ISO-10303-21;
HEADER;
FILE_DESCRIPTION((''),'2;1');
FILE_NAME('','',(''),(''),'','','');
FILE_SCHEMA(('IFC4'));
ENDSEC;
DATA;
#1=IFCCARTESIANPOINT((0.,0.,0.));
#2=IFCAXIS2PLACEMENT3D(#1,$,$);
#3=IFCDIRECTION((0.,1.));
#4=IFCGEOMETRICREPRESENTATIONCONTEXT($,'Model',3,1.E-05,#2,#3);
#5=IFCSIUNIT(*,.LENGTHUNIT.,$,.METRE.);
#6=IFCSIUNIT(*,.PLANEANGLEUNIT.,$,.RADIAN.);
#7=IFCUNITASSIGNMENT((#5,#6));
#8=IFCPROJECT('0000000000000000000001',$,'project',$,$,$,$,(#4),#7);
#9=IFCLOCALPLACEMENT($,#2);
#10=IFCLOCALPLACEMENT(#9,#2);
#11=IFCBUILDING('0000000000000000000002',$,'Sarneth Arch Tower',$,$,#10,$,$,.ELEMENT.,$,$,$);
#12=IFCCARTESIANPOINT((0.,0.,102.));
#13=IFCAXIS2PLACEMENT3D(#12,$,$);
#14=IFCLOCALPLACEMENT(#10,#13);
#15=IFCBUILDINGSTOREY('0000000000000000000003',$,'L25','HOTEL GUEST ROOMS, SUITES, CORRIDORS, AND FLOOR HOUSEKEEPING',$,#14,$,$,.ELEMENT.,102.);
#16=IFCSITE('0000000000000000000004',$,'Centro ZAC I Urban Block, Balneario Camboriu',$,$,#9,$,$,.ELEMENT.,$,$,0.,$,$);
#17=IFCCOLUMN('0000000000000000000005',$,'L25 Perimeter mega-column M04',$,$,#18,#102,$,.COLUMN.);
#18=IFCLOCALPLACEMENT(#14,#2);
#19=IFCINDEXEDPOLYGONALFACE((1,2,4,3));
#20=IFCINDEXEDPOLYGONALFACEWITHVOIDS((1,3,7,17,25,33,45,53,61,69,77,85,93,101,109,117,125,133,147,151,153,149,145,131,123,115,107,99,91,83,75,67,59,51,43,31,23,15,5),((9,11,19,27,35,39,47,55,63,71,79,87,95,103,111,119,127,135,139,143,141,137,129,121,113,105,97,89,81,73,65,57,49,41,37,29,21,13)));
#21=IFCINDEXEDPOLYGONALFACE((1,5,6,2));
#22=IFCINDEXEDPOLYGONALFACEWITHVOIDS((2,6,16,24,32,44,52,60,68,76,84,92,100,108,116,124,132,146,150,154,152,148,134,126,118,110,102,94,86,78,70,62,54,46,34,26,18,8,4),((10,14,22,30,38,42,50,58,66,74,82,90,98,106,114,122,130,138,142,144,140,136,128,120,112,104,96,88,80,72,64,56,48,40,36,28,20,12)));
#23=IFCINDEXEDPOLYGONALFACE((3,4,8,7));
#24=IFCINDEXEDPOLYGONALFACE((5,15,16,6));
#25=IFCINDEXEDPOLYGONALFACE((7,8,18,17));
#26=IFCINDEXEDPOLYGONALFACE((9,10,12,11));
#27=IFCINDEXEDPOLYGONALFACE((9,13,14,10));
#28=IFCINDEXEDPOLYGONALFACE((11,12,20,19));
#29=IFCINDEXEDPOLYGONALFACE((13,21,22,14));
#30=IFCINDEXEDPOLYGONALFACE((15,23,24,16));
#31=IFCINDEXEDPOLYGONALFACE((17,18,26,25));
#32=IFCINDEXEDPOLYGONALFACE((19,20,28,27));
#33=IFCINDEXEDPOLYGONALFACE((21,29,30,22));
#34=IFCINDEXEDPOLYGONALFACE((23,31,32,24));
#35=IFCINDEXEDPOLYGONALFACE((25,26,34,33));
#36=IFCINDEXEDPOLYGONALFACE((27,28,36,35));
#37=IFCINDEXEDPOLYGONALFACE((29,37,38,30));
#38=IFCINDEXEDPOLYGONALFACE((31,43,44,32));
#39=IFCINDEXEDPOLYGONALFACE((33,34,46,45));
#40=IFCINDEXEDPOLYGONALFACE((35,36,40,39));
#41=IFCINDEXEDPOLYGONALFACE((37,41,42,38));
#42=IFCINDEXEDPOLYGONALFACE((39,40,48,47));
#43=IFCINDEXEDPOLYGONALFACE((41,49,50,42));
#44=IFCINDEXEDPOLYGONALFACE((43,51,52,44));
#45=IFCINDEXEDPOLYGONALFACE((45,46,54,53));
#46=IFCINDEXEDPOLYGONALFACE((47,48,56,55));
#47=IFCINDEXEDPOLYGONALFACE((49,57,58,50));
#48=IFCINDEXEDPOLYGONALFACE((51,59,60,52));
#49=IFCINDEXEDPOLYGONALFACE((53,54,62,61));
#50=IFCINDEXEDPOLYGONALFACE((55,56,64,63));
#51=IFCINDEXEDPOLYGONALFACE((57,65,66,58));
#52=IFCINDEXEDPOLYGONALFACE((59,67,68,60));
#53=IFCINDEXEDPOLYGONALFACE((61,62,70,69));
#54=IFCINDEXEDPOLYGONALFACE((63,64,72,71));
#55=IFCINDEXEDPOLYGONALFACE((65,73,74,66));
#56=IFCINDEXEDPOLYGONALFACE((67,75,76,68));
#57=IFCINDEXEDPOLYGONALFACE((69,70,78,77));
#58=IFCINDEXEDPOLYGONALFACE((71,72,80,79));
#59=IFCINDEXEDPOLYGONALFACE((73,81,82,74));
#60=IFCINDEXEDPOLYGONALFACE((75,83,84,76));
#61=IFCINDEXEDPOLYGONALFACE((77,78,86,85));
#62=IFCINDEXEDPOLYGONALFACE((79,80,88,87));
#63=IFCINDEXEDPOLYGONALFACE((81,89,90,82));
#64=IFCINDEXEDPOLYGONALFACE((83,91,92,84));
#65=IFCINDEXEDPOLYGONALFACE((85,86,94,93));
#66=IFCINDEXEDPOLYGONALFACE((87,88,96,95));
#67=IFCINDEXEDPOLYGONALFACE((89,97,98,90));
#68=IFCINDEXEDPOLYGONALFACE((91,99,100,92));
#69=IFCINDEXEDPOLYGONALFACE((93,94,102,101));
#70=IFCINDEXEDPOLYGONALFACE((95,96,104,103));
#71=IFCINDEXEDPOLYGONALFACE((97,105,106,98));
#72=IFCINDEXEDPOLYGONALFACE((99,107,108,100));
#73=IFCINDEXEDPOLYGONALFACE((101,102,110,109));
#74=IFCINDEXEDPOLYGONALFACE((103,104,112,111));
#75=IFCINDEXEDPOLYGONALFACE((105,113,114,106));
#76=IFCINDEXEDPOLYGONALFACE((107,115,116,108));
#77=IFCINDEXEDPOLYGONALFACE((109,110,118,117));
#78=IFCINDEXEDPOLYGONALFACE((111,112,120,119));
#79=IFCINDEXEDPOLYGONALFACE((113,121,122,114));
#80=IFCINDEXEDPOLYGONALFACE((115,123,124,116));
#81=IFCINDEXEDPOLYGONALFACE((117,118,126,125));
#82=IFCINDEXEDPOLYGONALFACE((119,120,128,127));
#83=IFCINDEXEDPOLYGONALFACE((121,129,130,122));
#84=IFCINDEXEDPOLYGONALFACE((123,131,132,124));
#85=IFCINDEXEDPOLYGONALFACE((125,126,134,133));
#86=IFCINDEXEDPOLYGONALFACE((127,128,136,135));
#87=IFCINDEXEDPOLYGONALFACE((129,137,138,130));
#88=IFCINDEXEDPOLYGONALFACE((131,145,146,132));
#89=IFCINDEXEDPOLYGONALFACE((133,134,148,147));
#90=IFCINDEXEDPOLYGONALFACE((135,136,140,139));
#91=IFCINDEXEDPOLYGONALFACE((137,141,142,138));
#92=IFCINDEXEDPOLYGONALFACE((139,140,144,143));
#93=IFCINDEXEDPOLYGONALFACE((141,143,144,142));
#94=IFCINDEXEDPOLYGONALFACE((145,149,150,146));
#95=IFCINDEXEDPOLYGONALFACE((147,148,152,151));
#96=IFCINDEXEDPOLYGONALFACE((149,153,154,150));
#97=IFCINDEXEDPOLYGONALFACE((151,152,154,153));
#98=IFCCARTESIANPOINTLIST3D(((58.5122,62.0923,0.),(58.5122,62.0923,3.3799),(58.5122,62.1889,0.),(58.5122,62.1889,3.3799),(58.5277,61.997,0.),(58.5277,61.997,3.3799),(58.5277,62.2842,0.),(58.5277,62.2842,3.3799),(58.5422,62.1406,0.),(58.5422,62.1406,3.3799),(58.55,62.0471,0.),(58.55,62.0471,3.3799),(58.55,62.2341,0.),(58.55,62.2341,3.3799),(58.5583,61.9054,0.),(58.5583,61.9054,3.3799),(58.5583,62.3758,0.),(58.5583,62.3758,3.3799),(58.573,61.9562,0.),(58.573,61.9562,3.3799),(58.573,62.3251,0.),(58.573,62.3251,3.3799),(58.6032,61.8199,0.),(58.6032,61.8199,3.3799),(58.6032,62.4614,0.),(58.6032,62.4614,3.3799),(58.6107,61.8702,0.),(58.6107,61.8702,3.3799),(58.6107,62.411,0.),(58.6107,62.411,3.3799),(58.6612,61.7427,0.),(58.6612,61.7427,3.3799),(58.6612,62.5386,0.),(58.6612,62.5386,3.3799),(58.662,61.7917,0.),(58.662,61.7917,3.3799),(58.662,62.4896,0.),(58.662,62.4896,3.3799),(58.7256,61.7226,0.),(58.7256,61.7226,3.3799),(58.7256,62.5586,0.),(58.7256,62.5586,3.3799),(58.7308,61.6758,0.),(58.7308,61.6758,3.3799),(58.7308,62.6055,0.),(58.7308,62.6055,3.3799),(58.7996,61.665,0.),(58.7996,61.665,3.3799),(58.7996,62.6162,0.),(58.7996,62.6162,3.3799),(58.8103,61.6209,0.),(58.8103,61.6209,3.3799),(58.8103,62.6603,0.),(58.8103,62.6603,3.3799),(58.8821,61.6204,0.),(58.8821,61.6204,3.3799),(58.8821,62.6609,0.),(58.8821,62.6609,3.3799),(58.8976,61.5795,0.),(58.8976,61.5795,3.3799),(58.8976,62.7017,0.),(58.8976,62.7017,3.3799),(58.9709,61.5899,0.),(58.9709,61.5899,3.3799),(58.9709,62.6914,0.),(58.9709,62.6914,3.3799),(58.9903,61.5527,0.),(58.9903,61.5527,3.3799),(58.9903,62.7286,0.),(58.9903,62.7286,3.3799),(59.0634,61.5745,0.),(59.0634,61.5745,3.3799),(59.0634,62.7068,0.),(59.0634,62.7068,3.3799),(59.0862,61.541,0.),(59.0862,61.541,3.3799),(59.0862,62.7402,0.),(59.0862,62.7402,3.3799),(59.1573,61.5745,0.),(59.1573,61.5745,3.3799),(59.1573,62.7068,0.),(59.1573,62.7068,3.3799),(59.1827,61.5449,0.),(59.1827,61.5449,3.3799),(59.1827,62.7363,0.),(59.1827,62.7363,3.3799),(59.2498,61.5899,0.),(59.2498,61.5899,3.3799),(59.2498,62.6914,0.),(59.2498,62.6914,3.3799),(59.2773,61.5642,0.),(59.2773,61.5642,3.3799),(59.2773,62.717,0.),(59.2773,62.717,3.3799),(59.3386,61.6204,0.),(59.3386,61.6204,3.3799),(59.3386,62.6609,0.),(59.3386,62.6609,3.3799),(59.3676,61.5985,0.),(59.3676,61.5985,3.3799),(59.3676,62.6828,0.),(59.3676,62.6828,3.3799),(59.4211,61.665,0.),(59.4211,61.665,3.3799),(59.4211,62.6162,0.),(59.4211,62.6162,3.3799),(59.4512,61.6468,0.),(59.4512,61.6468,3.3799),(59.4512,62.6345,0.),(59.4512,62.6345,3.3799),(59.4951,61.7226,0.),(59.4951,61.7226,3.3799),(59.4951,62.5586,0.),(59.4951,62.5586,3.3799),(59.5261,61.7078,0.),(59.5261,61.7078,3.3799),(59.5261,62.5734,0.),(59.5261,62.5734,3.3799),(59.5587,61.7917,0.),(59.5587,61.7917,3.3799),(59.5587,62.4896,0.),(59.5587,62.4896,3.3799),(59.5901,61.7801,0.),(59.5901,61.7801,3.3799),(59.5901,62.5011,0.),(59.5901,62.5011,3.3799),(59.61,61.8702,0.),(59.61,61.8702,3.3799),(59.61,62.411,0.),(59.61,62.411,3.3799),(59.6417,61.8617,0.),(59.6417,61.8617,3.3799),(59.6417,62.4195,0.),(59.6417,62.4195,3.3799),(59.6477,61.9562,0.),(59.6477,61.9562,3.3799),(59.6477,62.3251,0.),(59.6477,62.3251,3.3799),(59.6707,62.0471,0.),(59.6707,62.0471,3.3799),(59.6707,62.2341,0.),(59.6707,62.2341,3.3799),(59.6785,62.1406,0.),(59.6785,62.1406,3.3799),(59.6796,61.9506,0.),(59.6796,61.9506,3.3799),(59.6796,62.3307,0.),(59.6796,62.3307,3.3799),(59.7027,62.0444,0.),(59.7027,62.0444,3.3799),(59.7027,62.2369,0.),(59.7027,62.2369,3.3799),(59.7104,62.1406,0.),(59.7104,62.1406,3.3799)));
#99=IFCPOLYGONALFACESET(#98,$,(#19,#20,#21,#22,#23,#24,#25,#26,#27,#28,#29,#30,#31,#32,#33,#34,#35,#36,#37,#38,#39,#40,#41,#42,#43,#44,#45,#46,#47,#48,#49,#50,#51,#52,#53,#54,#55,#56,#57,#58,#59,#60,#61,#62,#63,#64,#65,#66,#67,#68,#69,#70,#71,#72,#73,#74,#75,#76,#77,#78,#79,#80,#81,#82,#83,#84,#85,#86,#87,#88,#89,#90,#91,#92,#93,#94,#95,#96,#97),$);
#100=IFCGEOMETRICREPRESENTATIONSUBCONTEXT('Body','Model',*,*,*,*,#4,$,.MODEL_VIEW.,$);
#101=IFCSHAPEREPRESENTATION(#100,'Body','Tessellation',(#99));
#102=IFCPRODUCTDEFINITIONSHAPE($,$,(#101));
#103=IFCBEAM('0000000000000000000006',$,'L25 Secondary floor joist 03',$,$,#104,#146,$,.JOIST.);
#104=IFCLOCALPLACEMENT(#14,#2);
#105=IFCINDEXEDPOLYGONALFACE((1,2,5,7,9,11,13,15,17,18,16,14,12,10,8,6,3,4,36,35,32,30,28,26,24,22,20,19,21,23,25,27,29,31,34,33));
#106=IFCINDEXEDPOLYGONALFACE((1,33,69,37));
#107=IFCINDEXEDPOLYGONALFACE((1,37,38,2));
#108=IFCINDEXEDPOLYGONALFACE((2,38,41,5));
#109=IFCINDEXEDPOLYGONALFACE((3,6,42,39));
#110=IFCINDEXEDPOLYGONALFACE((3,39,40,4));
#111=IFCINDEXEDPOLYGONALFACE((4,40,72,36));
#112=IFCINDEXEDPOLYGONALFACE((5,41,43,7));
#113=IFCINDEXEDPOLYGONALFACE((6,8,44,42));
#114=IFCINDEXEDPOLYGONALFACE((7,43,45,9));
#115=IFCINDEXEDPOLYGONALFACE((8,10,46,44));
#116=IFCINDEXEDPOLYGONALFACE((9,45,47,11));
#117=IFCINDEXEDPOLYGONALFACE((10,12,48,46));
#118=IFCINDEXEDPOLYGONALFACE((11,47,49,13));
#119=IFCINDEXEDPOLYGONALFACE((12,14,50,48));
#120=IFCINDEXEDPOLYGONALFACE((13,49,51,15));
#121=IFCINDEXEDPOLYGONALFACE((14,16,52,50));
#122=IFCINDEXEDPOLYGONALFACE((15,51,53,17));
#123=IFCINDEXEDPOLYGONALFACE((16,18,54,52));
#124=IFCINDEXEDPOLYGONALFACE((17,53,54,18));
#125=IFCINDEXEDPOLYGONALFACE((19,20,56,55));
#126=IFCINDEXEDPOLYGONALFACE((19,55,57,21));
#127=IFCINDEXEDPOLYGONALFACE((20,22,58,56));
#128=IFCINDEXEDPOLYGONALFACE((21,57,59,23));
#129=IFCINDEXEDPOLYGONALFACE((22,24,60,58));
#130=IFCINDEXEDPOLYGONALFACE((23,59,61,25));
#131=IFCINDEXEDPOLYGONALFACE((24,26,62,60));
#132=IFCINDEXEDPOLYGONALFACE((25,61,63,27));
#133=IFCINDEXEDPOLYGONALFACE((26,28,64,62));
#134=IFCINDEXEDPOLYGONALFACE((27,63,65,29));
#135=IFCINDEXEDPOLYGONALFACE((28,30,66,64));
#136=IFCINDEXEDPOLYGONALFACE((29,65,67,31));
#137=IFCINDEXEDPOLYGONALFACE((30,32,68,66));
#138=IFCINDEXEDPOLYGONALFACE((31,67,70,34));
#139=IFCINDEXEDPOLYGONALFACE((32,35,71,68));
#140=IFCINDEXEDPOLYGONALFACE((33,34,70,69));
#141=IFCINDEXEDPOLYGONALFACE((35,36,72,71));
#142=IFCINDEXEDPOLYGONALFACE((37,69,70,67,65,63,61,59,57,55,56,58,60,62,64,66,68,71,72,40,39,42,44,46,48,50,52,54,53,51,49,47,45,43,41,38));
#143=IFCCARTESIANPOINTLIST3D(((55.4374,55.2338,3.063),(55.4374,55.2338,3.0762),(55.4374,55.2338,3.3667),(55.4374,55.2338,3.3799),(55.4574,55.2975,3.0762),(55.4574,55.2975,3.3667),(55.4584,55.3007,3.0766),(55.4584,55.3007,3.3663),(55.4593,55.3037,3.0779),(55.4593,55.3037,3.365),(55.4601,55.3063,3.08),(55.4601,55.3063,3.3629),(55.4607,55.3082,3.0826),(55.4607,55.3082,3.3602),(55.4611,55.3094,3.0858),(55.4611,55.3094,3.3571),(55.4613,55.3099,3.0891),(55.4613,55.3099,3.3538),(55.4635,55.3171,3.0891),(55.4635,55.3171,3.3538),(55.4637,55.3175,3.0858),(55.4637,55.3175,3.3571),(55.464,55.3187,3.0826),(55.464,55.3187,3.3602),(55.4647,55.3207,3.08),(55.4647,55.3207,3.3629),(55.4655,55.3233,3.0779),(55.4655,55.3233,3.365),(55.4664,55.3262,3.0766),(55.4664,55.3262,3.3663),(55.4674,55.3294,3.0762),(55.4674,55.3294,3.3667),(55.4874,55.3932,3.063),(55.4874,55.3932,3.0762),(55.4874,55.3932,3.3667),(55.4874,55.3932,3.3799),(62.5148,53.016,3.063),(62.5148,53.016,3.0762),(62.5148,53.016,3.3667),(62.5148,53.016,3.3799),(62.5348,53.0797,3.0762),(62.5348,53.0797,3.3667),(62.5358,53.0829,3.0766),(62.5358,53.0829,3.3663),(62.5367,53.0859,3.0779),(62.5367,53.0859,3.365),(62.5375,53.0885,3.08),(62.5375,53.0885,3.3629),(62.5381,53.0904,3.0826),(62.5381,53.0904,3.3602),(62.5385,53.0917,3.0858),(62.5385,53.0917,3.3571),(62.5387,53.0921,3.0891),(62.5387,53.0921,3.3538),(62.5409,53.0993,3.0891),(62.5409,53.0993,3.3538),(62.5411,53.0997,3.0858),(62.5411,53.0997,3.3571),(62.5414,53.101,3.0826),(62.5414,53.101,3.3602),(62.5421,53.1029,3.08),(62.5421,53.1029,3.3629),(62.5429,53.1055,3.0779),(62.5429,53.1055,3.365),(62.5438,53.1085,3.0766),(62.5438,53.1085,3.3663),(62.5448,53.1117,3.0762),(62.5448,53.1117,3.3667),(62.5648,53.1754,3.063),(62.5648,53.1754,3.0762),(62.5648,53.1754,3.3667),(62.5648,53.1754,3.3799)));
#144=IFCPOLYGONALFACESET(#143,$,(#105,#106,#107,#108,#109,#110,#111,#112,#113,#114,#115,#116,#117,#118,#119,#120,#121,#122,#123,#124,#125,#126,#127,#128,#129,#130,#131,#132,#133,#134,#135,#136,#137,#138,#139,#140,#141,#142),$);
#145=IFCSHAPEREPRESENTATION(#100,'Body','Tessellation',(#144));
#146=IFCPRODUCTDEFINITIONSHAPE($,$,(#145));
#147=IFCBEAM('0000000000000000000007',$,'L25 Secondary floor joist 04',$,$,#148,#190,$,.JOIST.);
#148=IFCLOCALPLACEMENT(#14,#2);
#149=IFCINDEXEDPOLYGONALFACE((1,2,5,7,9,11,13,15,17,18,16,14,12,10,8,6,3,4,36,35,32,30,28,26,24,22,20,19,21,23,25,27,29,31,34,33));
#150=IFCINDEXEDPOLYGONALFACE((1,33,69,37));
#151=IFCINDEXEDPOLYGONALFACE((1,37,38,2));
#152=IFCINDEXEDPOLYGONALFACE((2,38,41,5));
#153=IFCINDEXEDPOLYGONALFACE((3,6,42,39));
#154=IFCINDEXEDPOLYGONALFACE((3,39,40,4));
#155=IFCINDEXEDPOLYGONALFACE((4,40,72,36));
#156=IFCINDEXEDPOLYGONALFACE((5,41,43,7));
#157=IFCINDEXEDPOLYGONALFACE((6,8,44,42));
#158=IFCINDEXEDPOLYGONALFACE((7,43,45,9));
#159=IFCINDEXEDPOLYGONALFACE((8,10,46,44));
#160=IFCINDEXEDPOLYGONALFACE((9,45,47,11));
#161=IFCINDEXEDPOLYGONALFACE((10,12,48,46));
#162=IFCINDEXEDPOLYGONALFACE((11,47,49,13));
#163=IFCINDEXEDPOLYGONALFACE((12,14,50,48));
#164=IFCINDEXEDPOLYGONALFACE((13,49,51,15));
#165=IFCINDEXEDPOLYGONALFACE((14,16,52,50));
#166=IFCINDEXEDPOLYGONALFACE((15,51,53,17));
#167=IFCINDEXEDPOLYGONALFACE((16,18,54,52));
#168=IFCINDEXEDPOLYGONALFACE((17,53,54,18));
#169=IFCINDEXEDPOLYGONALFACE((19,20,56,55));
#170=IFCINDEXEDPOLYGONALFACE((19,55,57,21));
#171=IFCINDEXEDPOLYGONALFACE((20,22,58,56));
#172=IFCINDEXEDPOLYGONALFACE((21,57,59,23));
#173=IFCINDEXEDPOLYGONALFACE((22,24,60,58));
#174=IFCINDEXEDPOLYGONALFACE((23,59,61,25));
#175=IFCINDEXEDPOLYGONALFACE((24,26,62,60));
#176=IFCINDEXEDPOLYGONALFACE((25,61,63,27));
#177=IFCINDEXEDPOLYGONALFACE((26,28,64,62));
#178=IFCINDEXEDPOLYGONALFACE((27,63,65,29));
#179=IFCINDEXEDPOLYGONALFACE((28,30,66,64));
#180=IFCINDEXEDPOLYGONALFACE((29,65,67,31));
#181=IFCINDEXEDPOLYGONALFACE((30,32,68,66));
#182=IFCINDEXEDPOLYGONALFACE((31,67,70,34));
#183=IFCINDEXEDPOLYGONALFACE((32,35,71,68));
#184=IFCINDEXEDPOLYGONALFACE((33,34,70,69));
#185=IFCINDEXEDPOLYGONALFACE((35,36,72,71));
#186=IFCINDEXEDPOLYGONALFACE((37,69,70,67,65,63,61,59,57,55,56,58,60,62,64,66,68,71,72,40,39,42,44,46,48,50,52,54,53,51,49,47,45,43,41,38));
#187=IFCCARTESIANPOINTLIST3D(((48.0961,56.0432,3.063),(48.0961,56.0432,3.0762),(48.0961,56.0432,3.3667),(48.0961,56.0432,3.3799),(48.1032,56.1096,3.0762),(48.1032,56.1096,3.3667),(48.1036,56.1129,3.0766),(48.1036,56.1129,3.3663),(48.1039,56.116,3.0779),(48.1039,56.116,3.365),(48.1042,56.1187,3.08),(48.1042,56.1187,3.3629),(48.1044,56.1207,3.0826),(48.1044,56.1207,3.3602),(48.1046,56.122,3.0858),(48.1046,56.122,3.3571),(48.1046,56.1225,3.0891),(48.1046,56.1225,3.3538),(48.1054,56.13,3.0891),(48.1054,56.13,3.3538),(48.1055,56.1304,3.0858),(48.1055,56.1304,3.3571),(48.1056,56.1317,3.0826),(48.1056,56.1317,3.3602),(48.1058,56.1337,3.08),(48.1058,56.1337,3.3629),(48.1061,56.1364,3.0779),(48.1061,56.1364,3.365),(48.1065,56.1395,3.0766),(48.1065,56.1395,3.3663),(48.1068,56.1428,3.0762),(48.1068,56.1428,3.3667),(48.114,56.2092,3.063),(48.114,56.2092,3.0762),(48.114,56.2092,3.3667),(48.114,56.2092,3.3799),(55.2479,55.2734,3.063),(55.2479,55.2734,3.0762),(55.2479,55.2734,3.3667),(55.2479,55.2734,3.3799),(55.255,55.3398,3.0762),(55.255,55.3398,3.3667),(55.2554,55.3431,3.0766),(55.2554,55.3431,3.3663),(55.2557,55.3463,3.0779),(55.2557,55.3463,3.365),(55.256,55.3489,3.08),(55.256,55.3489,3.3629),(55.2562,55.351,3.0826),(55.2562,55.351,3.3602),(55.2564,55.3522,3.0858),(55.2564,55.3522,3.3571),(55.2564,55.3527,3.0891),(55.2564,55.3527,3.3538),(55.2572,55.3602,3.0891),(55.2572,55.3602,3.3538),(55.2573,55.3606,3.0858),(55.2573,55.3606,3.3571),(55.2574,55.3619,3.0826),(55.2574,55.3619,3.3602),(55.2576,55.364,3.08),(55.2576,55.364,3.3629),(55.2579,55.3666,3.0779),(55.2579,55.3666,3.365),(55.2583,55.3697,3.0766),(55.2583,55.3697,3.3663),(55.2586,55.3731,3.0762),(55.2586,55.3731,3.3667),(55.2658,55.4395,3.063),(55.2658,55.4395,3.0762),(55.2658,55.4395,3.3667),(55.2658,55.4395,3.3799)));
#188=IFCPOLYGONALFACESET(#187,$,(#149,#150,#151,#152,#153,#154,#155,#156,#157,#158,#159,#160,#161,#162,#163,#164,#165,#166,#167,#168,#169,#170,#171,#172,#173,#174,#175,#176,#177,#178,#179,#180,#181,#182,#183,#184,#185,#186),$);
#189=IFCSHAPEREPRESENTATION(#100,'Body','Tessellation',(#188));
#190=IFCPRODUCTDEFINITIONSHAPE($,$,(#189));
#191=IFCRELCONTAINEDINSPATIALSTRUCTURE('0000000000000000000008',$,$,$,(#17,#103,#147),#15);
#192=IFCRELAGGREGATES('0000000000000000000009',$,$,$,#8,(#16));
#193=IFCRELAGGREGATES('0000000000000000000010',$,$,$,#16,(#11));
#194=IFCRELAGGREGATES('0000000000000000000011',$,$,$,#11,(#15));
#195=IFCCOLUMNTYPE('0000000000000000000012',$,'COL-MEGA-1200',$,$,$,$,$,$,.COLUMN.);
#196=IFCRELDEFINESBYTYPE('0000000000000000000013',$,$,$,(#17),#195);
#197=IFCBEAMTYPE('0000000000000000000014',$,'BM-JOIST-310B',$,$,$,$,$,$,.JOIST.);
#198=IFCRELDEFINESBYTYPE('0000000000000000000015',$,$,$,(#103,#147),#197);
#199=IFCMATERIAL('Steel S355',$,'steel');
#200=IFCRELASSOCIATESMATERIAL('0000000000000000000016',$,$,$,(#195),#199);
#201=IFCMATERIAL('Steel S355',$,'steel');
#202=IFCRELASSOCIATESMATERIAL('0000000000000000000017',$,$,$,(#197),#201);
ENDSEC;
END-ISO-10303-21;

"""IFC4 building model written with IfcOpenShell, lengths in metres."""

from ifc_helpers import new_model, si_unit, direction, frame, origin, origin_2d, place, context, subcontext, project, spatial, hollow_circle, i_section, extrude, material, material_profile, profile_set, type_object, element, save


model = new_model("IFC4")

# Units and contexts
model_context = context("Model", 3, precision=1e-05, world=origin(), true_north=direction((0.0, 1.0)))
body_context = subcontext(model_context, "Body", "Model", "MODEL_VIEW")
ifc_project = project(units=[si_unit("LENGTHUNIT", "METRE"), si_unit("PLANEANGLEUNIT", "RADIAN")], contexts=[model_context])

# Site, building, storey
site_placement = place(None, origin())
site = spatial("IfcSite", under=ifc_project, at=site_placement, Name="Centro ZAC I Urban Block, Balneario Camboriu", CompositionType="ELEMENT", RefElevation=0.0)
building_placement = place(site_placement, origin())
building = spatial("IfcBuilding", under=site, at=building_placement, Name="Sarneth Arch Tower", CompositionType="ELEMENT")
storey_placement = place(building_placement, frame((0.0, 0.0, 102.0)))
storey = spatial("IfcBuildingStorey", under=building, at=storey_placement, Name="L25", Description="HOTEL GUEST ROOMS, SUITES, CORRIDORS, AND FLOOR HOUSEKEEPING", CompositionType="ELEMENT", Elevation=102.0)

# Column
ifc_material_1 = material(Name="Steel S355", Category="steel")
ifc_material_profile_1 = material_profile(ifc_material_1, hollow_circle(Radius=0.6001, WallThickness=0.032, at=origin_2d()), Name="CHS1200x32")
ifc_profile_set_1 = profile_set([ifc_material_profile_1], Name="Steel S355")
column_type = type_object("IfcColumnType", Name="COL-MEGA-1200", PredefinedType="COLUMN", material=ifc_profile_set_1)
column_placement = place(storey_placement, frame((59.1104, 62.1406, 0.0), z_axis=(0.0, 0.0, 1.0), x_axis=(1.0, 0.0, 0.0)))
element("IfcColumn", 1, at=column_placement, inside=storey, type_object=column_type, Name="L25 Perimeter mega-column M04", PredefinedType="COLUMN", context=body_context, shape_type="SweptSolid", body=[
    extrude(hollow_circle(Radius=0.6001, WallThickness=0.032, at=origin_2d()), origin(), (0.0, 0.0, 1.0), 3.3799),
])

# Beams
ifc_material_2 = material(Name="Steel S355", Category="steel")
ifc_material_profile_2 = material_profile(ifc_material_2, i_section(OverallWidth=0.167, OverallDepth=0.3169, WebThickness=0.0076, FlangeThickness=0.0132, FilletRadius=0.0129, at=origin_2d()), Name="W310x52")
ifc_profile_set_2 = profile_set([ifc_material_profile_2], Name="Steel S355")
beam_type_1 = type_object("IfcBeamType", Name="BM-JOIST-310B", PredefinedType="JOIST", material=ifc_profile_set_2)
beam_1_placement = place(storey_placement, frame((62.5398, 53.0957, 3.2214), z_axis=(-0.954246, 0.299023, 0.0), x_axis=(-0.299023, -0.954246, 0.0)))
element("IfcBeam", 2, at=beam_1_placement, inside=storey, type_object=beam_type_1, Name="L25 Secondary floor joist 03", PredefinedType="JOIST", context=body_context, shape_type="SweptSolid", body=[
    extrude(i_section(OverallWidth=0.167, OverallDepth=0.3169, WebThickness=0.0076, FlangeThickness=0.0132, FilletRadius=0.0129, at=origin_2d()), origin(), (0.0, 0.0, 1.0), 7.4167),
])
beam_2_placement = place(storey_placement, frame((55.2568, 55.3564, 3.2214), z_axis=(-0.994257, 0.107015, 0.0), x_axis=(-0.107015, -0.994257, 0.0)))
element("IfcBeam", 3, at=beam_2_placement, inside=storey, type_object=beam_type_1, Name="L25 Secondary floor joist 04", PredefinedType="JOIST", context=body_context, shape_type="SweptSolid", body=[
    extrude(i_section(OverallWidth=0.167, OverallDepth=0.3169, WebThickness=0.0076, FlangeThickness=0.0132, FilletRadius=0.0129, at=origin_2d()), origin(), (0.0, 0.0, 1.0), 7.1931),
])

save(model, "model.ifc")
